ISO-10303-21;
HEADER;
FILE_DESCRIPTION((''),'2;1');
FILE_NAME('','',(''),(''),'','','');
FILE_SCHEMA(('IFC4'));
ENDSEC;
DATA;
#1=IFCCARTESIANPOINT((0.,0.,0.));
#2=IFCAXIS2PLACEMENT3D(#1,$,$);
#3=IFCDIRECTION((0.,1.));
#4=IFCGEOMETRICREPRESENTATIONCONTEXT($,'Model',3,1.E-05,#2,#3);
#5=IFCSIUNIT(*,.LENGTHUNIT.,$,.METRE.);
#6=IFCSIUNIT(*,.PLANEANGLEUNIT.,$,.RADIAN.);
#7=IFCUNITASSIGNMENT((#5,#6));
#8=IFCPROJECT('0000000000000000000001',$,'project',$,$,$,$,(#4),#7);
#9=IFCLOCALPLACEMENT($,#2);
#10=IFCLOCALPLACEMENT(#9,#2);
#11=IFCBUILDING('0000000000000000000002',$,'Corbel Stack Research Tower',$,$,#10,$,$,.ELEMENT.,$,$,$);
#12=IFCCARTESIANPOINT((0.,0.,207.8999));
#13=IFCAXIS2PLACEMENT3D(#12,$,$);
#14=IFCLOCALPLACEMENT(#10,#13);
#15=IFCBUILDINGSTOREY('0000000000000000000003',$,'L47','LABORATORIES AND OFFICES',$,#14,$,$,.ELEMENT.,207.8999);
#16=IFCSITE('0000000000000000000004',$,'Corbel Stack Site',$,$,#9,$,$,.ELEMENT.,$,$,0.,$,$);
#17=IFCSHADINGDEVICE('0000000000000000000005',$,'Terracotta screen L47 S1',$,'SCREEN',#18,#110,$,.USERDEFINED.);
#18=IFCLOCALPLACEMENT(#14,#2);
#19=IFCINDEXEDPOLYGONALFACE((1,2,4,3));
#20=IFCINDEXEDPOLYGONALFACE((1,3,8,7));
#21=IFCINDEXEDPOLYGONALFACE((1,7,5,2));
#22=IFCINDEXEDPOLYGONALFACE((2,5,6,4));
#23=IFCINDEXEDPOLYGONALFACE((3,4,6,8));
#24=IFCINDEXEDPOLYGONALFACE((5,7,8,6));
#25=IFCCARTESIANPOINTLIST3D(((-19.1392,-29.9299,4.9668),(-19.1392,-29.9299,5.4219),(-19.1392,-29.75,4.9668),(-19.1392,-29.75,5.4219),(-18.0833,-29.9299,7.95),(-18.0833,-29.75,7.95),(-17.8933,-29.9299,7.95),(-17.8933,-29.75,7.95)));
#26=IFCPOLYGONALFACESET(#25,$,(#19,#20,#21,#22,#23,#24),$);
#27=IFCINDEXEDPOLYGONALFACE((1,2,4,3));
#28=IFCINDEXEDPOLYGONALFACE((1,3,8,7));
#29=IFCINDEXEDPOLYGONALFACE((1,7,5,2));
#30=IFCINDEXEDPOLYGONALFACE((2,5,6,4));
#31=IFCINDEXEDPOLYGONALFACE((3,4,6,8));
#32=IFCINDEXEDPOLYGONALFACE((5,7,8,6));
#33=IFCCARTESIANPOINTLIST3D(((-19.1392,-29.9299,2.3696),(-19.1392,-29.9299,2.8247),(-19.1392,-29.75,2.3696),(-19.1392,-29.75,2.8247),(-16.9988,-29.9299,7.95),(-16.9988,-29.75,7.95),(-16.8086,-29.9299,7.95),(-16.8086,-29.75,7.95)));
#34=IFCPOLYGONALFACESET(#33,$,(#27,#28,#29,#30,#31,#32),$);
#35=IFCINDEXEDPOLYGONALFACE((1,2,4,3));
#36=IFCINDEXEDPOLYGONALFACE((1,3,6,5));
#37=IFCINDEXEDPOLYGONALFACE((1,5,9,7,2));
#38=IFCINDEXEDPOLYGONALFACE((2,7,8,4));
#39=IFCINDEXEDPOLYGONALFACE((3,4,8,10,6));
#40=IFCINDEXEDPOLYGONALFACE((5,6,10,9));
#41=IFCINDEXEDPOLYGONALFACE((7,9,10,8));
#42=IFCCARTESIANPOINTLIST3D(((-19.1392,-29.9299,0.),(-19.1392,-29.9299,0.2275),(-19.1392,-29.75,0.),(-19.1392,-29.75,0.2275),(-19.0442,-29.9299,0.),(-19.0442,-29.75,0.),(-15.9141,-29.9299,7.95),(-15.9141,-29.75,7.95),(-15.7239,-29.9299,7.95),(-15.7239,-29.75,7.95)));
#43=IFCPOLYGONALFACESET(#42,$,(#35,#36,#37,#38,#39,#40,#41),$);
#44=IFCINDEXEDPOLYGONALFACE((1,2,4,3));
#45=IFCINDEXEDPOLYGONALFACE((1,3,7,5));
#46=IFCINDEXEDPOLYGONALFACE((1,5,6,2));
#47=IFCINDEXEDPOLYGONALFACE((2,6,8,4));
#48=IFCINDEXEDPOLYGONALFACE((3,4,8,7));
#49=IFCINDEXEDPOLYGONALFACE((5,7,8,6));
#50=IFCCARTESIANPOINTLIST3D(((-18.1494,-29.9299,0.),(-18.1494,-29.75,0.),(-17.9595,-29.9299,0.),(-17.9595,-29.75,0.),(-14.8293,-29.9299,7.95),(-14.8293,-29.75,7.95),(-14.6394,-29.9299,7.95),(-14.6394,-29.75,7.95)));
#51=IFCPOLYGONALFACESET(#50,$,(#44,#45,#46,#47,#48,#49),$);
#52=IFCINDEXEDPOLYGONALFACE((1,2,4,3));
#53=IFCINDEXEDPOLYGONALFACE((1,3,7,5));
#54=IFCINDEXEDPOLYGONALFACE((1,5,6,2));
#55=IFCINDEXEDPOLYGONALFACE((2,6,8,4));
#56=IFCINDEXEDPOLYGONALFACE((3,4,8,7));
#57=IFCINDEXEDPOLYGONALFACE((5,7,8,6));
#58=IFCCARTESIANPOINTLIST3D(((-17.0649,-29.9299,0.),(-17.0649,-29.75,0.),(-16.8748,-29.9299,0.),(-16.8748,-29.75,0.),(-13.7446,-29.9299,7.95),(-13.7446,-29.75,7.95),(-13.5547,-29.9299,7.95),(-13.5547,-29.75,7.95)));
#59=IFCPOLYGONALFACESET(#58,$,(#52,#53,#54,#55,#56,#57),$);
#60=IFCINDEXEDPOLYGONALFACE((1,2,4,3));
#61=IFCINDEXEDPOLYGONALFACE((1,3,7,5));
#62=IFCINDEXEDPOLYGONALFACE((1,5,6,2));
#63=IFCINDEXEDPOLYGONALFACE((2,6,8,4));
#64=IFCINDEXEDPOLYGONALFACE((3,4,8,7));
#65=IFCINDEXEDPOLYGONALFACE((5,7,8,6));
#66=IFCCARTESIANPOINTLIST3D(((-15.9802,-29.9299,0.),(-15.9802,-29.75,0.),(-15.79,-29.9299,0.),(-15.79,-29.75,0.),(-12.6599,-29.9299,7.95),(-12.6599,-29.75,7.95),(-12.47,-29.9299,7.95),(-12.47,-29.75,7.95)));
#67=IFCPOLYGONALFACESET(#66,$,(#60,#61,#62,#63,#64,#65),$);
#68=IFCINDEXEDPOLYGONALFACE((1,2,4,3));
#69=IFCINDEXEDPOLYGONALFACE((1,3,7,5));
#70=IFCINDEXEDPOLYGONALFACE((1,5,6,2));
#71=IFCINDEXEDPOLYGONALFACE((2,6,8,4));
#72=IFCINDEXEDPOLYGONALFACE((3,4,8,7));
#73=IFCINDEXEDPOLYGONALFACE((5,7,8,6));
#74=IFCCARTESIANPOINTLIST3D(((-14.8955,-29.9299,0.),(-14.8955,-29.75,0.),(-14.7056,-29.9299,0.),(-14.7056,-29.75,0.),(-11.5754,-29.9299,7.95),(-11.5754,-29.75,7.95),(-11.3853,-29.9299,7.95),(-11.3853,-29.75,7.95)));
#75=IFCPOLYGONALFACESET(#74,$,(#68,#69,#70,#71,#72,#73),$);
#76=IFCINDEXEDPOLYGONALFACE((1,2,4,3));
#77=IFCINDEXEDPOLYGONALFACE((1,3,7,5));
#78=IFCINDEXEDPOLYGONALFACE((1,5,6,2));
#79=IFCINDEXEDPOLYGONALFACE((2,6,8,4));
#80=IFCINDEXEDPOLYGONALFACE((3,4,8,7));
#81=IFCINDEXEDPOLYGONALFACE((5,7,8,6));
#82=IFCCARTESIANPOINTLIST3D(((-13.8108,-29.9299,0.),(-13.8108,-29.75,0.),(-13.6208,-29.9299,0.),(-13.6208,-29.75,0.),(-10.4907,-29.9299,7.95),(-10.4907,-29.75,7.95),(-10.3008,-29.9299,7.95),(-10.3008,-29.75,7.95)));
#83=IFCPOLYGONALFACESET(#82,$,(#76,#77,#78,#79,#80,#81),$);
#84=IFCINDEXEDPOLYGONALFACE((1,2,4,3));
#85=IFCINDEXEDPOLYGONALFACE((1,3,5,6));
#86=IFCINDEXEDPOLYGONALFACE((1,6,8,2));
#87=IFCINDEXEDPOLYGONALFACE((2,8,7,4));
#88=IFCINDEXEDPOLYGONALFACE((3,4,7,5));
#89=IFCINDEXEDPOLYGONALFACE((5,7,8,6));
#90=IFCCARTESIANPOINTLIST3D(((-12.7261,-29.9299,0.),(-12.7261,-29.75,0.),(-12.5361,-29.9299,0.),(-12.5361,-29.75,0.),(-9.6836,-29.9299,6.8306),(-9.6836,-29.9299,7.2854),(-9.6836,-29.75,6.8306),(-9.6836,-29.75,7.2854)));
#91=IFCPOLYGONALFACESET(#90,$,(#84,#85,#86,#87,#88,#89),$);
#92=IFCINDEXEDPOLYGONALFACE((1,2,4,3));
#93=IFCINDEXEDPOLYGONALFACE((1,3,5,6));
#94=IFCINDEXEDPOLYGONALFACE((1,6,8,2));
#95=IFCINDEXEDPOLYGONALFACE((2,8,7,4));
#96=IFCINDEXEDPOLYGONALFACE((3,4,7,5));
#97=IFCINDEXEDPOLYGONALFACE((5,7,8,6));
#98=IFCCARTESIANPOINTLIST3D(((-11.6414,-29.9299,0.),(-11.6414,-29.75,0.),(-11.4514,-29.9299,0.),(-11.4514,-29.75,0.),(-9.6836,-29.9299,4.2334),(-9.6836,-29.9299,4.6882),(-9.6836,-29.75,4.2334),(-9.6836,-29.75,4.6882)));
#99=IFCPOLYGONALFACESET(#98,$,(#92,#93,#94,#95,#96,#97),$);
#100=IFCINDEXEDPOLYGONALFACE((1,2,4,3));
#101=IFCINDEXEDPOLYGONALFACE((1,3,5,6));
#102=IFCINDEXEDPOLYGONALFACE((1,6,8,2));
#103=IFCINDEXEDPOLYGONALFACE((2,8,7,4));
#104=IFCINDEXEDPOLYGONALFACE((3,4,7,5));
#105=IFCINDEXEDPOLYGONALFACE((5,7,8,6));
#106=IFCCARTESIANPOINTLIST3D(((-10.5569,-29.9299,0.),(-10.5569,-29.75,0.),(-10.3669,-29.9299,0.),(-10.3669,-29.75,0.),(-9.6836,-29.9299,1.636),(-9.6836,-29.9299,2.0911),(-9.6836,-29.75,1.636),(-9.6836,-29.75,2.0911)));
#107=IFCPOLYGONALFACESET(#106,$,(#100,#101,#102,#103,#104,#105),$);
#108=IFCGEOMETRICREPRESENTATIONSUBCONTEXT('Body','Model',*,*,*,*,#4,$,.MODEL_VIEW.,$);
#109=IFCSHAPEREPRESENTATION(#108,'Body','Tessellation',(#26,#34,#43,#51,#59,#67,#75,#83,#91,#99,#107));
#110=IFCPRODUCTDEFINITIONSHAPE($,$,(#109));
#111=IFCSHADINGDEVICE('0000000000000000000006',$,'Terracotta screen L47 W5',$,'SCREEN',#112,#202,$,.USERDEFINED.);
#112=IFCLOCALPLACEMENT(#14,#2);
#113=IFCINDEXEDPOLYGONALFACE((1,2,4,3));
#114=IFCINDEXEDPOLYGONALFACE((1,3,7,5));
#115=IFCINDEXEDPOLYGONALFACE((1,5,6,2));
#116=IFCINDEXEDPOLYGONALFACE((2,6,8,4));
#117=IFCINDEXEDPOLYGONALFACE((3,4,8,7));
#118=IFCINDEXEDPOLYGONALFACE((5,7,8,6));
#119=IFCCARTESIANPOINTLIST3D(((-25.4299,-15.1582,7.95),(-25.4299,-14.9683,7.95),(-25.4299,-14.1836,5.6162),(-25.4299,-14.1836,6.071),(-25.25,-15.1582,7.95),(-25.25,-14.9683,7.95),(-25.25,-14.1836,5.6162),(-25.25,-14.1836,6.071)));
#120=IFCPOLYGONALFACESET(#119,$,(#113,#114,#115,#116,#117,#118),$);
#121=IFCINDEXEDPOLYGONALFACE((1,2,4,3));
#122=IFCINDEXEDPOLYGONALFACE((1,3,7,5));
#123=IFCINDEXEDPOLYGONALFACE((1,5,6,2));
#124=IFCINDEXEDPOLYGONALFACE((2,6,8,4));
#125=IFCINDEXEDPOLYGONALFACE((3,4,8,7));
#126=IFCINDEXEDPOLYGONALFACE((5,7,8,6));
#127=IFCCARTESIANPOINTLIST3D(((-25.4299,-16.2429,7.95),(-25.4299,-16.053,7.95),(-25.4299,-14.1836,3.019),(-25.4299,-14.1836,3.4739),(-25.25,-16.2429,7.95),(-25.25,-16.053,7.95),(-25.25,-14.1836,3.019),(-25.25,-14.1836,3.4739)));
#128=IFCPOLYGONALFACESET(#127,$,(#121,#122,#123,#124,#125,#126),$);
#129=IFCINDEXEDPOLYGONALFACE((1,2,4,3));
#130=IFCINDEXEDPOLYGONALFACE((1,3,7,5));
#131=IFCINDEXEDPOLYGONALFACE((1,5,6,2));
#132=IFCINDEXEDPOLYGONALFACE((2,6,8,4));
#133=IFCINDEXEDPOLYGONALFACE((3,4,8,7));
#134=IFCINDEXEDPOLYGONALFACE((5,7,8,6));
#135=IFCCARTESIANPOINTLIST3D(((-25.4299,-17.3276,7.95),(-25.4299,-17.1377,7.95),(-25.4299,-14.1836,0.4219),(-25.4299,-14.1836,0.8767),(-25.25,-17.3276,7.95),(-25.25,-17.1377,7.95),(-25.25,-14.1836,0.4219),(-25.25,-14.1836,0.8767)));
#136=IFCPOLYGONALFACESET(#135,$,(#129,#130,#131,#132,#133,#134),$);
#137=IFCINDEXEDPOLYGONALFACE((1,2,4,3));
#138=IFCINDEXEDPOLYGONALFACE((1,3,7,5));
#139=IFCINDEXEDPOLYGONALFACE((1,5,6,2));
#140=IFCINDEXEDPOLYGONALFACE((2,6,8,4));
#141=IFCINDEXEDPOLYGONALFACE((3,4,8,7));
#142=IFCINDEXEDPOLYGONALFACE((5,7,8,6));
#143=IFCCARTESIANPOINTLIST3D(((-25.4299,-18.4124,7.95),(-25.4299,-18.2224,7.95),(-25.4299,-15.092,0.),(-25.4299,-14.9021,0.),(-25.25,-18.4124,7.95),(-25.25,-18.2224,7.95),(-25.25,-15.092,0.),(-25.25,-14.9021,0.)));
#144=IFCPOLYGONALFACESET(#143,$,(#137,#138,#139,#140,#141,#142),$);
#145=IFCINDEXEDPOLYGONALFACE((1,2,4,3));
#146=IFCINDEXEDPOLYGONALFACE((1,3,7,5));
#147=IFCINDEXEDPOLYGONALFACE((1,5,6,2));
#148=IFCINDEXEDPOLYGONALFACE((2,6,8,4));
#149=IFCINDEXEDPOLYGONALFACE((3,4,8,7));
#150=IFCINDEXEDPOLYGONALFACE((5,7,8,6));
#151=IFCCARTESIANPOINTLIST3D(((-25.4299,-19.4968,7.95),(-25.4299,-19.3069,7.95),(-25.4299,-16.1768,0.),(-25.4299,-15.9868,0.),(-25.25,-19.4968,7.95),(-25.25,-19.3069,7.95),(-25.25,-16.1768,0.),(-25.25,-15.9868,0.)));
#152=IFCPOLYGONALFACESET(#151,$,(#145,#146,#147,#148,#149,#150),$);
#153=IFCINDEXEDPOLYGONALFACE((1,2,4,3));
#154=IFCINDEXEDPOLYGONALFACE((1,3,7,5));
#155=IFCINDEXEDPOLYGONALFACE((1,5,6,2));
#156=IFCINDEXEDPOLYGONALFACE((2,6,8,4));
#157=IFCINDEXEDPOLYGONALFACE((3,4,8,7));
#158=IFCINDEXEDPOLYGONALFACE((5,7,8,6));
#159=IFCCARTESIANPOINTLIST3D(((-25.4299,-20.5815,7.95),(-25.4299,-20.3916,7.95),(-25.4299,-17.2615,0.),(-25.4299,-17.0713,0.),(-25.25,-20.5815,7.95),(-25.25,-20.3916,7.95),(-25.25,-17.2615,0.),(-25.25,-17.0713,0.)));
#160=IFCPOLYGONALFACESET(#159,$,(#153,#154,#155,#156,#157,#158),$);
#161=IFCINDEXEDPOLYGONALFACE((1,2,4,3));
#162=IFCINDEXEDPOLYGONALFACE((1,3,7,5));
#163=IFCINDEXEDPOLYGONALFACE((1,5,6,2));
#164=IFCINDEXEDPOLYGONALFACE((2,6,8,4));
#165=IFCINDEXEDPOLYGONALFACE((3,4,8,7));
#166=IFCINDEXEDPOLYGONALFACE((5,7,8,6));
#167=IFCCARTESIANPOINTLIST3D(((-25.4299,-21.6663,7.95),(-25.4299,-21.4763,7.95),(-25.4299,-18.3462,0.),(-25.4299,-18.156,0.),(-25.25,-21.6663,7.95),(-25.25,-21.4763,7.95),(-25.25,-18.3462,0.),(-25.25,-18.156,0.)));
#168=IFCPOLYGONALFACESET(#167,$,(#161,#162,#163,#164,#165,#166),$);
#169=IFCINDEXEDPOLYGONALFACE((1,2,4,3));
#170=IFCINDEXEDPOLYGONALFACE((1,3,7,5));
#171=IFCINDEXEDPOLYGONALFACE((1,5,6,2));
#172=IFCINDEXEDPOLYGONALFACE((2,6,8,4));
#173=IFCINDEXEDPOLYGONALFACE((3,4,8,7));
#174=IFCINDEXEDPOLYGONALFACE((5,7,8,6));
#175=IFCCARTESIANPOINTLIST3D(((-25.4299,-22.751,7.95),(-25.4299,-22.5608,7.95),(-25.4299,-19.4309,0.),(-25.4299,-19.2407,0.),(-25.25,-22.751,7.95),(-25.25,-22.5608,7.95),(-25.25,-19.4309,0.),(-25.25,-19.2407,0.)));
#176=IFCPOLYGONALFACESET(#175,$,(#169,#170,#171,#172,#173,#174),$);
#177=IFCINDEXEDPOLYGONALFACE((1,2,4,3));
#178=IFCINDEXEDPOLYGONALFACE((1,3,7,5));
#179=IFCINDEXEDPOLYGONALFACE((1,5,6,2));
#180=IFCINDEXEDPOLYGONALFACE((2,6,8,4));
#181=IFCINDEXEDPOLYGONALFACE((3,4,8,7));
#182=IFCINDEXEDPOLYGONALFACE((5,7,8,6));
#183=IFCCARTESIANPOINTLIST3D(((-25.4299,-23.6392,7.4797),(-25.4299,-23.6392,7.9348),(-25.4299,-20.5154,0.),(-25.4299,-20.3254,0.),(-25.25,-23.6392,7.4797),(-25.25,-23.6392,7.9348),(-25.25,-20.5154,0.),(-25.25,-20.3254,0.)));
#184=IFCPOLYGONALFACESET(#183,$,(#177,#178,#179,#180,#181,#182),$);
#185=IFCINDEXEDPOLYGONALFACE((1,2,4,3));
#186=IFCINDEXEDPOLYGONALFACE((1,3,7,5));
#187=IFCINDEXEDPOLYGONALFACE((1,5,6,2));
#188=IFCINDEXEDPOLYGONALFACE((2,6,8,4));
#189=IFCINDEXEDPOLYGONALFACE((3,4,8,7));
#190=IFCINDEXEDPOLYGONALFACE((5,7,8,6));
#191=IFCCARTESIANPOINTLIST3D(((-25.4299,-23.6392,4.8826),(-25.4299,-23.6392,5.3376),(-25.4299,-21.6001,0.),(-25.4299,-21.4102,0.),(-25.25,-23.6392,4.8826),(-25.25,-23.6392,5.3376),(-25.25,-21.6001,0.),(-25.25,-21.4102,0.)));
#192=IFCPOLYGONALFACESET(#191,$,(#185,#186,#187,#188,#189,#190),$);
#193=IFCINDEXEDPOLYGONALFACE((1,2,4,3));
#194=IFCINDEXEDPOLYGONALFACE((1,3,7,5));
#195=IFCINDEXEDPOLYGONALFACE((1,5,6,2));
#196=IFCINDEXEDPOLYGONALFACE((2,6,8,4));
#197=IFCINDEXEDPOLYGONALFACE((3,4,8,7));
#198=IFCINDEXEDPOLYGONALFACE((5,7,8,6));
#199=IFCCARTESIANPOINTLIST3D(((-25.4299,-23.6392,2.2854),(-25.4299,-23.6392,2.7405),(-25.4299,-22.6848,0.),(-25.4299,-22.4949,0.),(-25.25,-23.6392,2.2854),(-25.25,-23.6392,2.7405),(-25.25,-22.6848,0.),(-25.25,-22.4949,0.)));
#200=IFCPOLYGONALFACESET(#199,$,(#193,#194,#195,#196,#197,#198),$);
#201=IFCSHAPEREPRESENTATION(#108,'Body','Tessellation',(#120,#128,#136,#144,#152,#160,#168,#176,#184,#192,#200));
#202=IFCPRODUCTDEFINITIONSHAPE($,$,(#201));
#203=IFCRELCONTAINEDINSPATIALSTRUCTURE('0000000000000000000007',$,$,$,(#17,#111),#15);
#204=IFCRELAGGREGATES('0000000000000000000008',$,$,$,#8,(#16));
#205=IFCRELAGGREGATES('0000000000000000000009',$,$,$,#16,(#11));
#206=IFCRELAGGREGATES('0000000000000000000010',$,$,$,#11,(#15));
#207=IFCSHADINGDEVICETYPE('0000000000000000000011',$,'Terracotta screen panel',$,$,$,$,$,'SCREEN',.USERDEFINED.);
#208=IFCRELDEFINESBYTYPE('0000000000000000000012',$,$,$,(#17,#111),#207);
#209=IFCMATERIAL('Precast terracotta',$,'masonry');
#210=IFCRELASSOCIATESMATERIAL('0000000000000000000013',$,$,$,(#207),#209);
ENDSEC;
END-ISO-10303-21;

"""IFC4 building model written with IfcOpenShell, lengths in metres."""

from ifc_helpers import new_model, si_unit, direction, frame, origin, place, context, subcontext, project, spatial, polyline, outline, extrude, source, transform, mapped, material, type_object, element, save


model = new_model("IFC4")

# Units and contexts
model_context = context("Model", 3, precision=1e-05, world=origin(), true_north=direction((0.0, 1.0)))
body_context = subcontext(model_context, "Body", "Model", "MODEL_VIEW")
ifc_project = project(units=[si_unit("LENGTHUNIT", "METRE"), si_unit("PLANEANGLEUNIT", "RADIAN")], contexts=[model_context])

# Site, building, storey
site_placement = place(None, origin())
site = spatial("IfcSite", under=ifc_project, at=site_placement, Name="Corbel Stack Site", CompositionType="ELEMENT", RefElevation=0.0)
building_placement = place(site_placement, origin())
building = spatial("IfcBuilding", under=site, at=building_placement, Name="Corbel Stack Research Tower", CompositionType="ELEMENT")
storey_placement = place(building_placement, frame((0.0, 0.0, 207.8999)))
storey = spatial("IfcBuildingStorey", under=building, at=storey_placement, Name="L47", Description="LABORATORIES AND OFFICES", CompositionType="ELEMENT", Elevation=207.8999)

# Shading devices
ifc_material_1 = material(Name="Precast terracotta", Category="masonry")
shading_device_type = type_object("IfcShadingDeviceType", Name="Terracotta screen panel", ElementType="SCREEN", PredefinedType="USERDEFINED", material=ifc_material_1)
shared_shape_1 = source(origin(), body_context, "Body", "SweptSolid", [
    extrude(outline(polyline([(1.2458, 7.95), (1.0559, 7.95), (0.0, 5.4219), (0.0, 4.9668), (1.2458, 7.95)])), frame((0.0, 0.0, 0.0), z_axis=(0.0, -1.0, 0.0), x_axis=(1.0, 0.0, 0.0)), (0.0, 0.0, 1.0), 0.1799),
    extrude(outline(polyline([(2.3306, 7.95), (2.1404, 7.95), (0.0, 2.8247), (0.0, 2.3696), (2.3306, 7.95)])), frame((0.0, 0.0, 0.0), z_axis=(0.0, -1.0, 0.0), x_axis=(1.0, 0.0, 0.0)), (0.0, 0.0, 1.0), 0.1799),
    extrude(outline(polyline([(0.095, 0.0), (3.4153, 7.95), (3.2251, 7.95), (0.0, 0.2275), (0.0, 0.0), (0.095, 0.0)])), frame((0.0, 0.0, 0.0), z_axis=(0.0, -1.0, 0.0), x_axis=(1.0, 0.0, 0.0)), (0.0, 0.0, 1.0), 0.1799),
    extrude(outline(polyline([(1.1797, 0.0), (4.4998, 7.95), (4.3098, 7.95), (0.9897, 0.0), (1.1797, 0.0)])), frame((0.0, 0.0, 0.0), z_axis=(0.0, -1.0, 0.0), x_axis=(1.0, 0.0, 0.0)), (0.0, 0.0, 1.0), 0.1799),
    extrude(outline(polyline([(2.2644, 0.0), (5.5845, 7.95), (5.3945, 7.95), (2.0742, 0.0), (2.2644, 0.0)])), frame((0.0, 0.0, 0.0), z_axis=(0.0, -1.0, 0.0), x_axis=(1.0, 0.0, 0.0)), (0.0, 0.0, 1.0), 0.1799),
    extrude(outline(polyline([(3.3491, 0.0), (6.6692, 7.95), (6.4792, 7.95), (3.1589, 0.0), (3.3491, 0.0)])), frame((0.0, 0.0, 0.0), z_axis=(0.0, -1.0, 0.0), x_axis=(1.0, 0.0, 0.0)), (0.0, 0.0, 1.0), 0.1799),
    extrude(outline(polyline([(4.4336, 0.0), (7.7539, 7.95), (7.5637, 7.95), (4.2437, 0.0), (4.4336, 0.0)])), frame((0.0, 0.0, 0.0), z_axis=(0.0, -1.0, 0.0), x_axis=(1.0, 0.0, 0.0)), (0.0, 0.0, 1.0), 0.1799),
    extrude(outline(polyline([(5.5183, 0.0), (8.8384, 7.95), (8.6484, 7.95), (5.3284, 0.0), (5.5183, 0.0)])), frame((0.0, 0.0, 0.0), z_axis=(0.0, -1.0, 0.0), x_axis=(1.0, 0.0, 0.0)), (0.0, 0.0, 1.0), 0.1799),
    extrude(outline(polyline([(6.603, 0.0), (9.4556, 6.8306), (9.4556, 7.2854), (6.4131, 0.0), (6.603, 0.0)])), frame((0.0, 0.0, 0.0), z_axis=(0.0, -1.0, 0.0), x_axis=(1.0, 0.0, 0.0)), (0.0, 0.0, 1.0), 0.1799),
    extrude(outline(polyline([(7.6877, 0.0), (9.4556, 4.2334), (9.4556, 4.6882), (7.4978, 0.0), (7.6877, 0.0)])), frame((0.0, 0.0, 0.0), z_axis=(0.0, -1.0, 0.0), x_axis=(1.0, 0.0, 0.0)), (0.0, 0.0, 1.0), 0.1799),
    extrude(outline(polyline([(8.7722, 0.0), (9.4556, 1.636), (9.4556, 2.0911), (8.5823, 0.0), (8.7722, 0.0)])), frame((0.0, 0.0, 0.0), z_axis=(0.0, -1.0, 0.0), x_axis=(1.0, 0.0, 0.0)), (0.0, 0.0, 1.0), 0.1799),
])
shading_device_1_placement = place(storey_placement, frame((-19.1392, -29.75, 0.0), z_axis=(0.0, 0.0, 1.0), x_axis=(1.0, 0.0, 0.0)))
element("IfcShadingDevice", 1, at=shading_device_1_placement, inside=storey, type_object=shading_device_type, Name="Terracotta screen L47 S1", ObjectType="SCREEN", PredefinedType="USERDEFINED", context=body_context, shape_type="MappedRepresentation", body=[
    mapped(shared_shape_1, transform((0.0, 0.0, 0.0))),
])
shared_shape_2 = source(origin(), body_context, "Body", "SweptSolid", [
    extrude(outline(polyline([(0.9746, 7.95), (0.7847, 7.95), (0.0, 6.071), (0.0, 5.6162), (0.9746, 7.95)])), frame((0.0, 0.0, 0.0), z_axis=(0.0, -1.0, 0.0), x_axis=(1.0, 0.0, 0.0)), (0.0, 0.0, 1.0), 0.1799),
    extrude(outline(polyline([(2.0593, 7.95), (1.8694, 7.95), (0.0, 3.4739), (0.0, 3.019), (2.0593, 7.95)])), frame((0.0, 0.0, 0.0), z_axis=(0.0, -1.0, 0.0), x_axis=(1.0, 0.0, 0.0)), (0.0, 0.0, 1.0), 0.1799),
    extrude(outline(polyline([(3.144, 7.95), (2.9541, 7.95), (0.0, 0.8767), (0.0, 0.4219), (3.144, 7.95)])), frame((0.0, 0.0, 0.0), z_axis=(0.0, -1.0, 0.0), x_axis=(1.0, 0.0, 0.0)), (0.0, 0.0, 1.0), 0.1799),
    extrude(outline(polyline([(0.9084, 0.0), (4.2288, 7.95), (4.0388, 7.95), (0.7185, 0.0), (0.9084, 0.0)])), frame((0.0, 0.0, 0.0), z_axis=(0.0, -1.0, 0.0), x_axis=(1.0, 0.0, 0.0)), (0.0, 0.0, 1.0), 0.1799),
    extrude(outline(polyline([(1.9932, 0.0), (5.3132, 7.95), (5.1233, 7.95), (1.8032, 0.0), (1.9932, 0.0)])), frame((0.0, 0.0, 0.0), z_axis=(0.0, -1.0, 0.0), x_axis=(1.0, 0.0, 0.0)), (0.0, 0.0, 1.0), 0.1799),
    extrude(outline(polyline([(3.0779, 0.0), (6.3979, 7.95), (6.208, 7.95), (2.8877, 0.0), (3.0779, 0.0)])), frame((0.0, 0.0, 0.0), z_axis=(0.0, -1.0, 0.0), x_axis=(1.0, 0.0, 0.0)), (0.0, 0.0, 1.0), 0.1799),
    extrude(outline(polyline([(4.1626, 0.0), (7.4827, 7.95), (7.2927, 7.95), (3.9724, 0.0), (4.1626, 0.0)])), frame((0.0, 0.0, 0.0), z_axis=(0.0, -1.0, 0.0), x_axis=(1.0, 0.0, 0.0)), (0.0, 0.0, 1.0), 0.1799),
    extrude(outline(polyline([(5.2473, 0.0), (8.5674, 7.95), (8.3772, 7.95), (5.0571, 0.0), (5.2473, 0.0)])), frame((0.0, 0.0, 0.0), z_axis=(0.0, -1.0, 0.0), x_axis=(1.0, 0.0, 0.0)), (0.0, 0.0, 1.0), 0.1799),
    extrude(outline(polyline([(6.3318, 0.0), (9.4556, 7.4797), (9.4556, 7.9348), (6.1418, 0.0), (6.3318, 0.0)])), frame((0.0, 0.0, 0.0), z_axis=(0.0, -1.0, 0.0), x_axis=(1.0, 0.0, 0.0)), (0.0, 0.0, 1.0), 0.1799),
    extrude(outline(polyline([(7.4165, 0.0), (9.4556, 4.8826), (9.4556, 5.3376), (7.2266, 0.0), (7.4165, 0.0)])), frame((0.0, 0.0, 0.0), z_axis=(0.0, -1.0, 0.0), x_axis=(1.0, 0.0, 0.0)), (0.0, 0.0, 1.0), 0.1799),
    extrude(outline(polyline([(8.5012, 0.0), (9.4556, 2.2854), (9.4556, 2.7405), (8.3113, 0.0), (8.5012, 0.0)])), frame((0.0, 0.0, 0.0), z_axis=(0.0, -1.0, 0.0), x_axis=(1.0, 0.0, 0.0)), (0.0, 0.0, 1.0), 0.1799),
])
shading_device_2_placement = place(storey_placement, frame((-25.25, -14.1836, 0.0), z_axis=(0.0, 0.0, 1.0), x_axis=(0.0, -1.0, 0.0)))
element("IfcShadingDevice", 2, at=shading_device_2_placement, inside=storey, type_object=shading_device_type, Name="Terracotta screen L47 W5", ObjectType="SCREEN", PredefinedType="USERDEFINED", context=body_context, shape_type="MappedRepresentation", body=[
    mapped(shared_shape_2, transform((0.0, 0.0, 0.0))),
])

save(model, "model.ifc")
